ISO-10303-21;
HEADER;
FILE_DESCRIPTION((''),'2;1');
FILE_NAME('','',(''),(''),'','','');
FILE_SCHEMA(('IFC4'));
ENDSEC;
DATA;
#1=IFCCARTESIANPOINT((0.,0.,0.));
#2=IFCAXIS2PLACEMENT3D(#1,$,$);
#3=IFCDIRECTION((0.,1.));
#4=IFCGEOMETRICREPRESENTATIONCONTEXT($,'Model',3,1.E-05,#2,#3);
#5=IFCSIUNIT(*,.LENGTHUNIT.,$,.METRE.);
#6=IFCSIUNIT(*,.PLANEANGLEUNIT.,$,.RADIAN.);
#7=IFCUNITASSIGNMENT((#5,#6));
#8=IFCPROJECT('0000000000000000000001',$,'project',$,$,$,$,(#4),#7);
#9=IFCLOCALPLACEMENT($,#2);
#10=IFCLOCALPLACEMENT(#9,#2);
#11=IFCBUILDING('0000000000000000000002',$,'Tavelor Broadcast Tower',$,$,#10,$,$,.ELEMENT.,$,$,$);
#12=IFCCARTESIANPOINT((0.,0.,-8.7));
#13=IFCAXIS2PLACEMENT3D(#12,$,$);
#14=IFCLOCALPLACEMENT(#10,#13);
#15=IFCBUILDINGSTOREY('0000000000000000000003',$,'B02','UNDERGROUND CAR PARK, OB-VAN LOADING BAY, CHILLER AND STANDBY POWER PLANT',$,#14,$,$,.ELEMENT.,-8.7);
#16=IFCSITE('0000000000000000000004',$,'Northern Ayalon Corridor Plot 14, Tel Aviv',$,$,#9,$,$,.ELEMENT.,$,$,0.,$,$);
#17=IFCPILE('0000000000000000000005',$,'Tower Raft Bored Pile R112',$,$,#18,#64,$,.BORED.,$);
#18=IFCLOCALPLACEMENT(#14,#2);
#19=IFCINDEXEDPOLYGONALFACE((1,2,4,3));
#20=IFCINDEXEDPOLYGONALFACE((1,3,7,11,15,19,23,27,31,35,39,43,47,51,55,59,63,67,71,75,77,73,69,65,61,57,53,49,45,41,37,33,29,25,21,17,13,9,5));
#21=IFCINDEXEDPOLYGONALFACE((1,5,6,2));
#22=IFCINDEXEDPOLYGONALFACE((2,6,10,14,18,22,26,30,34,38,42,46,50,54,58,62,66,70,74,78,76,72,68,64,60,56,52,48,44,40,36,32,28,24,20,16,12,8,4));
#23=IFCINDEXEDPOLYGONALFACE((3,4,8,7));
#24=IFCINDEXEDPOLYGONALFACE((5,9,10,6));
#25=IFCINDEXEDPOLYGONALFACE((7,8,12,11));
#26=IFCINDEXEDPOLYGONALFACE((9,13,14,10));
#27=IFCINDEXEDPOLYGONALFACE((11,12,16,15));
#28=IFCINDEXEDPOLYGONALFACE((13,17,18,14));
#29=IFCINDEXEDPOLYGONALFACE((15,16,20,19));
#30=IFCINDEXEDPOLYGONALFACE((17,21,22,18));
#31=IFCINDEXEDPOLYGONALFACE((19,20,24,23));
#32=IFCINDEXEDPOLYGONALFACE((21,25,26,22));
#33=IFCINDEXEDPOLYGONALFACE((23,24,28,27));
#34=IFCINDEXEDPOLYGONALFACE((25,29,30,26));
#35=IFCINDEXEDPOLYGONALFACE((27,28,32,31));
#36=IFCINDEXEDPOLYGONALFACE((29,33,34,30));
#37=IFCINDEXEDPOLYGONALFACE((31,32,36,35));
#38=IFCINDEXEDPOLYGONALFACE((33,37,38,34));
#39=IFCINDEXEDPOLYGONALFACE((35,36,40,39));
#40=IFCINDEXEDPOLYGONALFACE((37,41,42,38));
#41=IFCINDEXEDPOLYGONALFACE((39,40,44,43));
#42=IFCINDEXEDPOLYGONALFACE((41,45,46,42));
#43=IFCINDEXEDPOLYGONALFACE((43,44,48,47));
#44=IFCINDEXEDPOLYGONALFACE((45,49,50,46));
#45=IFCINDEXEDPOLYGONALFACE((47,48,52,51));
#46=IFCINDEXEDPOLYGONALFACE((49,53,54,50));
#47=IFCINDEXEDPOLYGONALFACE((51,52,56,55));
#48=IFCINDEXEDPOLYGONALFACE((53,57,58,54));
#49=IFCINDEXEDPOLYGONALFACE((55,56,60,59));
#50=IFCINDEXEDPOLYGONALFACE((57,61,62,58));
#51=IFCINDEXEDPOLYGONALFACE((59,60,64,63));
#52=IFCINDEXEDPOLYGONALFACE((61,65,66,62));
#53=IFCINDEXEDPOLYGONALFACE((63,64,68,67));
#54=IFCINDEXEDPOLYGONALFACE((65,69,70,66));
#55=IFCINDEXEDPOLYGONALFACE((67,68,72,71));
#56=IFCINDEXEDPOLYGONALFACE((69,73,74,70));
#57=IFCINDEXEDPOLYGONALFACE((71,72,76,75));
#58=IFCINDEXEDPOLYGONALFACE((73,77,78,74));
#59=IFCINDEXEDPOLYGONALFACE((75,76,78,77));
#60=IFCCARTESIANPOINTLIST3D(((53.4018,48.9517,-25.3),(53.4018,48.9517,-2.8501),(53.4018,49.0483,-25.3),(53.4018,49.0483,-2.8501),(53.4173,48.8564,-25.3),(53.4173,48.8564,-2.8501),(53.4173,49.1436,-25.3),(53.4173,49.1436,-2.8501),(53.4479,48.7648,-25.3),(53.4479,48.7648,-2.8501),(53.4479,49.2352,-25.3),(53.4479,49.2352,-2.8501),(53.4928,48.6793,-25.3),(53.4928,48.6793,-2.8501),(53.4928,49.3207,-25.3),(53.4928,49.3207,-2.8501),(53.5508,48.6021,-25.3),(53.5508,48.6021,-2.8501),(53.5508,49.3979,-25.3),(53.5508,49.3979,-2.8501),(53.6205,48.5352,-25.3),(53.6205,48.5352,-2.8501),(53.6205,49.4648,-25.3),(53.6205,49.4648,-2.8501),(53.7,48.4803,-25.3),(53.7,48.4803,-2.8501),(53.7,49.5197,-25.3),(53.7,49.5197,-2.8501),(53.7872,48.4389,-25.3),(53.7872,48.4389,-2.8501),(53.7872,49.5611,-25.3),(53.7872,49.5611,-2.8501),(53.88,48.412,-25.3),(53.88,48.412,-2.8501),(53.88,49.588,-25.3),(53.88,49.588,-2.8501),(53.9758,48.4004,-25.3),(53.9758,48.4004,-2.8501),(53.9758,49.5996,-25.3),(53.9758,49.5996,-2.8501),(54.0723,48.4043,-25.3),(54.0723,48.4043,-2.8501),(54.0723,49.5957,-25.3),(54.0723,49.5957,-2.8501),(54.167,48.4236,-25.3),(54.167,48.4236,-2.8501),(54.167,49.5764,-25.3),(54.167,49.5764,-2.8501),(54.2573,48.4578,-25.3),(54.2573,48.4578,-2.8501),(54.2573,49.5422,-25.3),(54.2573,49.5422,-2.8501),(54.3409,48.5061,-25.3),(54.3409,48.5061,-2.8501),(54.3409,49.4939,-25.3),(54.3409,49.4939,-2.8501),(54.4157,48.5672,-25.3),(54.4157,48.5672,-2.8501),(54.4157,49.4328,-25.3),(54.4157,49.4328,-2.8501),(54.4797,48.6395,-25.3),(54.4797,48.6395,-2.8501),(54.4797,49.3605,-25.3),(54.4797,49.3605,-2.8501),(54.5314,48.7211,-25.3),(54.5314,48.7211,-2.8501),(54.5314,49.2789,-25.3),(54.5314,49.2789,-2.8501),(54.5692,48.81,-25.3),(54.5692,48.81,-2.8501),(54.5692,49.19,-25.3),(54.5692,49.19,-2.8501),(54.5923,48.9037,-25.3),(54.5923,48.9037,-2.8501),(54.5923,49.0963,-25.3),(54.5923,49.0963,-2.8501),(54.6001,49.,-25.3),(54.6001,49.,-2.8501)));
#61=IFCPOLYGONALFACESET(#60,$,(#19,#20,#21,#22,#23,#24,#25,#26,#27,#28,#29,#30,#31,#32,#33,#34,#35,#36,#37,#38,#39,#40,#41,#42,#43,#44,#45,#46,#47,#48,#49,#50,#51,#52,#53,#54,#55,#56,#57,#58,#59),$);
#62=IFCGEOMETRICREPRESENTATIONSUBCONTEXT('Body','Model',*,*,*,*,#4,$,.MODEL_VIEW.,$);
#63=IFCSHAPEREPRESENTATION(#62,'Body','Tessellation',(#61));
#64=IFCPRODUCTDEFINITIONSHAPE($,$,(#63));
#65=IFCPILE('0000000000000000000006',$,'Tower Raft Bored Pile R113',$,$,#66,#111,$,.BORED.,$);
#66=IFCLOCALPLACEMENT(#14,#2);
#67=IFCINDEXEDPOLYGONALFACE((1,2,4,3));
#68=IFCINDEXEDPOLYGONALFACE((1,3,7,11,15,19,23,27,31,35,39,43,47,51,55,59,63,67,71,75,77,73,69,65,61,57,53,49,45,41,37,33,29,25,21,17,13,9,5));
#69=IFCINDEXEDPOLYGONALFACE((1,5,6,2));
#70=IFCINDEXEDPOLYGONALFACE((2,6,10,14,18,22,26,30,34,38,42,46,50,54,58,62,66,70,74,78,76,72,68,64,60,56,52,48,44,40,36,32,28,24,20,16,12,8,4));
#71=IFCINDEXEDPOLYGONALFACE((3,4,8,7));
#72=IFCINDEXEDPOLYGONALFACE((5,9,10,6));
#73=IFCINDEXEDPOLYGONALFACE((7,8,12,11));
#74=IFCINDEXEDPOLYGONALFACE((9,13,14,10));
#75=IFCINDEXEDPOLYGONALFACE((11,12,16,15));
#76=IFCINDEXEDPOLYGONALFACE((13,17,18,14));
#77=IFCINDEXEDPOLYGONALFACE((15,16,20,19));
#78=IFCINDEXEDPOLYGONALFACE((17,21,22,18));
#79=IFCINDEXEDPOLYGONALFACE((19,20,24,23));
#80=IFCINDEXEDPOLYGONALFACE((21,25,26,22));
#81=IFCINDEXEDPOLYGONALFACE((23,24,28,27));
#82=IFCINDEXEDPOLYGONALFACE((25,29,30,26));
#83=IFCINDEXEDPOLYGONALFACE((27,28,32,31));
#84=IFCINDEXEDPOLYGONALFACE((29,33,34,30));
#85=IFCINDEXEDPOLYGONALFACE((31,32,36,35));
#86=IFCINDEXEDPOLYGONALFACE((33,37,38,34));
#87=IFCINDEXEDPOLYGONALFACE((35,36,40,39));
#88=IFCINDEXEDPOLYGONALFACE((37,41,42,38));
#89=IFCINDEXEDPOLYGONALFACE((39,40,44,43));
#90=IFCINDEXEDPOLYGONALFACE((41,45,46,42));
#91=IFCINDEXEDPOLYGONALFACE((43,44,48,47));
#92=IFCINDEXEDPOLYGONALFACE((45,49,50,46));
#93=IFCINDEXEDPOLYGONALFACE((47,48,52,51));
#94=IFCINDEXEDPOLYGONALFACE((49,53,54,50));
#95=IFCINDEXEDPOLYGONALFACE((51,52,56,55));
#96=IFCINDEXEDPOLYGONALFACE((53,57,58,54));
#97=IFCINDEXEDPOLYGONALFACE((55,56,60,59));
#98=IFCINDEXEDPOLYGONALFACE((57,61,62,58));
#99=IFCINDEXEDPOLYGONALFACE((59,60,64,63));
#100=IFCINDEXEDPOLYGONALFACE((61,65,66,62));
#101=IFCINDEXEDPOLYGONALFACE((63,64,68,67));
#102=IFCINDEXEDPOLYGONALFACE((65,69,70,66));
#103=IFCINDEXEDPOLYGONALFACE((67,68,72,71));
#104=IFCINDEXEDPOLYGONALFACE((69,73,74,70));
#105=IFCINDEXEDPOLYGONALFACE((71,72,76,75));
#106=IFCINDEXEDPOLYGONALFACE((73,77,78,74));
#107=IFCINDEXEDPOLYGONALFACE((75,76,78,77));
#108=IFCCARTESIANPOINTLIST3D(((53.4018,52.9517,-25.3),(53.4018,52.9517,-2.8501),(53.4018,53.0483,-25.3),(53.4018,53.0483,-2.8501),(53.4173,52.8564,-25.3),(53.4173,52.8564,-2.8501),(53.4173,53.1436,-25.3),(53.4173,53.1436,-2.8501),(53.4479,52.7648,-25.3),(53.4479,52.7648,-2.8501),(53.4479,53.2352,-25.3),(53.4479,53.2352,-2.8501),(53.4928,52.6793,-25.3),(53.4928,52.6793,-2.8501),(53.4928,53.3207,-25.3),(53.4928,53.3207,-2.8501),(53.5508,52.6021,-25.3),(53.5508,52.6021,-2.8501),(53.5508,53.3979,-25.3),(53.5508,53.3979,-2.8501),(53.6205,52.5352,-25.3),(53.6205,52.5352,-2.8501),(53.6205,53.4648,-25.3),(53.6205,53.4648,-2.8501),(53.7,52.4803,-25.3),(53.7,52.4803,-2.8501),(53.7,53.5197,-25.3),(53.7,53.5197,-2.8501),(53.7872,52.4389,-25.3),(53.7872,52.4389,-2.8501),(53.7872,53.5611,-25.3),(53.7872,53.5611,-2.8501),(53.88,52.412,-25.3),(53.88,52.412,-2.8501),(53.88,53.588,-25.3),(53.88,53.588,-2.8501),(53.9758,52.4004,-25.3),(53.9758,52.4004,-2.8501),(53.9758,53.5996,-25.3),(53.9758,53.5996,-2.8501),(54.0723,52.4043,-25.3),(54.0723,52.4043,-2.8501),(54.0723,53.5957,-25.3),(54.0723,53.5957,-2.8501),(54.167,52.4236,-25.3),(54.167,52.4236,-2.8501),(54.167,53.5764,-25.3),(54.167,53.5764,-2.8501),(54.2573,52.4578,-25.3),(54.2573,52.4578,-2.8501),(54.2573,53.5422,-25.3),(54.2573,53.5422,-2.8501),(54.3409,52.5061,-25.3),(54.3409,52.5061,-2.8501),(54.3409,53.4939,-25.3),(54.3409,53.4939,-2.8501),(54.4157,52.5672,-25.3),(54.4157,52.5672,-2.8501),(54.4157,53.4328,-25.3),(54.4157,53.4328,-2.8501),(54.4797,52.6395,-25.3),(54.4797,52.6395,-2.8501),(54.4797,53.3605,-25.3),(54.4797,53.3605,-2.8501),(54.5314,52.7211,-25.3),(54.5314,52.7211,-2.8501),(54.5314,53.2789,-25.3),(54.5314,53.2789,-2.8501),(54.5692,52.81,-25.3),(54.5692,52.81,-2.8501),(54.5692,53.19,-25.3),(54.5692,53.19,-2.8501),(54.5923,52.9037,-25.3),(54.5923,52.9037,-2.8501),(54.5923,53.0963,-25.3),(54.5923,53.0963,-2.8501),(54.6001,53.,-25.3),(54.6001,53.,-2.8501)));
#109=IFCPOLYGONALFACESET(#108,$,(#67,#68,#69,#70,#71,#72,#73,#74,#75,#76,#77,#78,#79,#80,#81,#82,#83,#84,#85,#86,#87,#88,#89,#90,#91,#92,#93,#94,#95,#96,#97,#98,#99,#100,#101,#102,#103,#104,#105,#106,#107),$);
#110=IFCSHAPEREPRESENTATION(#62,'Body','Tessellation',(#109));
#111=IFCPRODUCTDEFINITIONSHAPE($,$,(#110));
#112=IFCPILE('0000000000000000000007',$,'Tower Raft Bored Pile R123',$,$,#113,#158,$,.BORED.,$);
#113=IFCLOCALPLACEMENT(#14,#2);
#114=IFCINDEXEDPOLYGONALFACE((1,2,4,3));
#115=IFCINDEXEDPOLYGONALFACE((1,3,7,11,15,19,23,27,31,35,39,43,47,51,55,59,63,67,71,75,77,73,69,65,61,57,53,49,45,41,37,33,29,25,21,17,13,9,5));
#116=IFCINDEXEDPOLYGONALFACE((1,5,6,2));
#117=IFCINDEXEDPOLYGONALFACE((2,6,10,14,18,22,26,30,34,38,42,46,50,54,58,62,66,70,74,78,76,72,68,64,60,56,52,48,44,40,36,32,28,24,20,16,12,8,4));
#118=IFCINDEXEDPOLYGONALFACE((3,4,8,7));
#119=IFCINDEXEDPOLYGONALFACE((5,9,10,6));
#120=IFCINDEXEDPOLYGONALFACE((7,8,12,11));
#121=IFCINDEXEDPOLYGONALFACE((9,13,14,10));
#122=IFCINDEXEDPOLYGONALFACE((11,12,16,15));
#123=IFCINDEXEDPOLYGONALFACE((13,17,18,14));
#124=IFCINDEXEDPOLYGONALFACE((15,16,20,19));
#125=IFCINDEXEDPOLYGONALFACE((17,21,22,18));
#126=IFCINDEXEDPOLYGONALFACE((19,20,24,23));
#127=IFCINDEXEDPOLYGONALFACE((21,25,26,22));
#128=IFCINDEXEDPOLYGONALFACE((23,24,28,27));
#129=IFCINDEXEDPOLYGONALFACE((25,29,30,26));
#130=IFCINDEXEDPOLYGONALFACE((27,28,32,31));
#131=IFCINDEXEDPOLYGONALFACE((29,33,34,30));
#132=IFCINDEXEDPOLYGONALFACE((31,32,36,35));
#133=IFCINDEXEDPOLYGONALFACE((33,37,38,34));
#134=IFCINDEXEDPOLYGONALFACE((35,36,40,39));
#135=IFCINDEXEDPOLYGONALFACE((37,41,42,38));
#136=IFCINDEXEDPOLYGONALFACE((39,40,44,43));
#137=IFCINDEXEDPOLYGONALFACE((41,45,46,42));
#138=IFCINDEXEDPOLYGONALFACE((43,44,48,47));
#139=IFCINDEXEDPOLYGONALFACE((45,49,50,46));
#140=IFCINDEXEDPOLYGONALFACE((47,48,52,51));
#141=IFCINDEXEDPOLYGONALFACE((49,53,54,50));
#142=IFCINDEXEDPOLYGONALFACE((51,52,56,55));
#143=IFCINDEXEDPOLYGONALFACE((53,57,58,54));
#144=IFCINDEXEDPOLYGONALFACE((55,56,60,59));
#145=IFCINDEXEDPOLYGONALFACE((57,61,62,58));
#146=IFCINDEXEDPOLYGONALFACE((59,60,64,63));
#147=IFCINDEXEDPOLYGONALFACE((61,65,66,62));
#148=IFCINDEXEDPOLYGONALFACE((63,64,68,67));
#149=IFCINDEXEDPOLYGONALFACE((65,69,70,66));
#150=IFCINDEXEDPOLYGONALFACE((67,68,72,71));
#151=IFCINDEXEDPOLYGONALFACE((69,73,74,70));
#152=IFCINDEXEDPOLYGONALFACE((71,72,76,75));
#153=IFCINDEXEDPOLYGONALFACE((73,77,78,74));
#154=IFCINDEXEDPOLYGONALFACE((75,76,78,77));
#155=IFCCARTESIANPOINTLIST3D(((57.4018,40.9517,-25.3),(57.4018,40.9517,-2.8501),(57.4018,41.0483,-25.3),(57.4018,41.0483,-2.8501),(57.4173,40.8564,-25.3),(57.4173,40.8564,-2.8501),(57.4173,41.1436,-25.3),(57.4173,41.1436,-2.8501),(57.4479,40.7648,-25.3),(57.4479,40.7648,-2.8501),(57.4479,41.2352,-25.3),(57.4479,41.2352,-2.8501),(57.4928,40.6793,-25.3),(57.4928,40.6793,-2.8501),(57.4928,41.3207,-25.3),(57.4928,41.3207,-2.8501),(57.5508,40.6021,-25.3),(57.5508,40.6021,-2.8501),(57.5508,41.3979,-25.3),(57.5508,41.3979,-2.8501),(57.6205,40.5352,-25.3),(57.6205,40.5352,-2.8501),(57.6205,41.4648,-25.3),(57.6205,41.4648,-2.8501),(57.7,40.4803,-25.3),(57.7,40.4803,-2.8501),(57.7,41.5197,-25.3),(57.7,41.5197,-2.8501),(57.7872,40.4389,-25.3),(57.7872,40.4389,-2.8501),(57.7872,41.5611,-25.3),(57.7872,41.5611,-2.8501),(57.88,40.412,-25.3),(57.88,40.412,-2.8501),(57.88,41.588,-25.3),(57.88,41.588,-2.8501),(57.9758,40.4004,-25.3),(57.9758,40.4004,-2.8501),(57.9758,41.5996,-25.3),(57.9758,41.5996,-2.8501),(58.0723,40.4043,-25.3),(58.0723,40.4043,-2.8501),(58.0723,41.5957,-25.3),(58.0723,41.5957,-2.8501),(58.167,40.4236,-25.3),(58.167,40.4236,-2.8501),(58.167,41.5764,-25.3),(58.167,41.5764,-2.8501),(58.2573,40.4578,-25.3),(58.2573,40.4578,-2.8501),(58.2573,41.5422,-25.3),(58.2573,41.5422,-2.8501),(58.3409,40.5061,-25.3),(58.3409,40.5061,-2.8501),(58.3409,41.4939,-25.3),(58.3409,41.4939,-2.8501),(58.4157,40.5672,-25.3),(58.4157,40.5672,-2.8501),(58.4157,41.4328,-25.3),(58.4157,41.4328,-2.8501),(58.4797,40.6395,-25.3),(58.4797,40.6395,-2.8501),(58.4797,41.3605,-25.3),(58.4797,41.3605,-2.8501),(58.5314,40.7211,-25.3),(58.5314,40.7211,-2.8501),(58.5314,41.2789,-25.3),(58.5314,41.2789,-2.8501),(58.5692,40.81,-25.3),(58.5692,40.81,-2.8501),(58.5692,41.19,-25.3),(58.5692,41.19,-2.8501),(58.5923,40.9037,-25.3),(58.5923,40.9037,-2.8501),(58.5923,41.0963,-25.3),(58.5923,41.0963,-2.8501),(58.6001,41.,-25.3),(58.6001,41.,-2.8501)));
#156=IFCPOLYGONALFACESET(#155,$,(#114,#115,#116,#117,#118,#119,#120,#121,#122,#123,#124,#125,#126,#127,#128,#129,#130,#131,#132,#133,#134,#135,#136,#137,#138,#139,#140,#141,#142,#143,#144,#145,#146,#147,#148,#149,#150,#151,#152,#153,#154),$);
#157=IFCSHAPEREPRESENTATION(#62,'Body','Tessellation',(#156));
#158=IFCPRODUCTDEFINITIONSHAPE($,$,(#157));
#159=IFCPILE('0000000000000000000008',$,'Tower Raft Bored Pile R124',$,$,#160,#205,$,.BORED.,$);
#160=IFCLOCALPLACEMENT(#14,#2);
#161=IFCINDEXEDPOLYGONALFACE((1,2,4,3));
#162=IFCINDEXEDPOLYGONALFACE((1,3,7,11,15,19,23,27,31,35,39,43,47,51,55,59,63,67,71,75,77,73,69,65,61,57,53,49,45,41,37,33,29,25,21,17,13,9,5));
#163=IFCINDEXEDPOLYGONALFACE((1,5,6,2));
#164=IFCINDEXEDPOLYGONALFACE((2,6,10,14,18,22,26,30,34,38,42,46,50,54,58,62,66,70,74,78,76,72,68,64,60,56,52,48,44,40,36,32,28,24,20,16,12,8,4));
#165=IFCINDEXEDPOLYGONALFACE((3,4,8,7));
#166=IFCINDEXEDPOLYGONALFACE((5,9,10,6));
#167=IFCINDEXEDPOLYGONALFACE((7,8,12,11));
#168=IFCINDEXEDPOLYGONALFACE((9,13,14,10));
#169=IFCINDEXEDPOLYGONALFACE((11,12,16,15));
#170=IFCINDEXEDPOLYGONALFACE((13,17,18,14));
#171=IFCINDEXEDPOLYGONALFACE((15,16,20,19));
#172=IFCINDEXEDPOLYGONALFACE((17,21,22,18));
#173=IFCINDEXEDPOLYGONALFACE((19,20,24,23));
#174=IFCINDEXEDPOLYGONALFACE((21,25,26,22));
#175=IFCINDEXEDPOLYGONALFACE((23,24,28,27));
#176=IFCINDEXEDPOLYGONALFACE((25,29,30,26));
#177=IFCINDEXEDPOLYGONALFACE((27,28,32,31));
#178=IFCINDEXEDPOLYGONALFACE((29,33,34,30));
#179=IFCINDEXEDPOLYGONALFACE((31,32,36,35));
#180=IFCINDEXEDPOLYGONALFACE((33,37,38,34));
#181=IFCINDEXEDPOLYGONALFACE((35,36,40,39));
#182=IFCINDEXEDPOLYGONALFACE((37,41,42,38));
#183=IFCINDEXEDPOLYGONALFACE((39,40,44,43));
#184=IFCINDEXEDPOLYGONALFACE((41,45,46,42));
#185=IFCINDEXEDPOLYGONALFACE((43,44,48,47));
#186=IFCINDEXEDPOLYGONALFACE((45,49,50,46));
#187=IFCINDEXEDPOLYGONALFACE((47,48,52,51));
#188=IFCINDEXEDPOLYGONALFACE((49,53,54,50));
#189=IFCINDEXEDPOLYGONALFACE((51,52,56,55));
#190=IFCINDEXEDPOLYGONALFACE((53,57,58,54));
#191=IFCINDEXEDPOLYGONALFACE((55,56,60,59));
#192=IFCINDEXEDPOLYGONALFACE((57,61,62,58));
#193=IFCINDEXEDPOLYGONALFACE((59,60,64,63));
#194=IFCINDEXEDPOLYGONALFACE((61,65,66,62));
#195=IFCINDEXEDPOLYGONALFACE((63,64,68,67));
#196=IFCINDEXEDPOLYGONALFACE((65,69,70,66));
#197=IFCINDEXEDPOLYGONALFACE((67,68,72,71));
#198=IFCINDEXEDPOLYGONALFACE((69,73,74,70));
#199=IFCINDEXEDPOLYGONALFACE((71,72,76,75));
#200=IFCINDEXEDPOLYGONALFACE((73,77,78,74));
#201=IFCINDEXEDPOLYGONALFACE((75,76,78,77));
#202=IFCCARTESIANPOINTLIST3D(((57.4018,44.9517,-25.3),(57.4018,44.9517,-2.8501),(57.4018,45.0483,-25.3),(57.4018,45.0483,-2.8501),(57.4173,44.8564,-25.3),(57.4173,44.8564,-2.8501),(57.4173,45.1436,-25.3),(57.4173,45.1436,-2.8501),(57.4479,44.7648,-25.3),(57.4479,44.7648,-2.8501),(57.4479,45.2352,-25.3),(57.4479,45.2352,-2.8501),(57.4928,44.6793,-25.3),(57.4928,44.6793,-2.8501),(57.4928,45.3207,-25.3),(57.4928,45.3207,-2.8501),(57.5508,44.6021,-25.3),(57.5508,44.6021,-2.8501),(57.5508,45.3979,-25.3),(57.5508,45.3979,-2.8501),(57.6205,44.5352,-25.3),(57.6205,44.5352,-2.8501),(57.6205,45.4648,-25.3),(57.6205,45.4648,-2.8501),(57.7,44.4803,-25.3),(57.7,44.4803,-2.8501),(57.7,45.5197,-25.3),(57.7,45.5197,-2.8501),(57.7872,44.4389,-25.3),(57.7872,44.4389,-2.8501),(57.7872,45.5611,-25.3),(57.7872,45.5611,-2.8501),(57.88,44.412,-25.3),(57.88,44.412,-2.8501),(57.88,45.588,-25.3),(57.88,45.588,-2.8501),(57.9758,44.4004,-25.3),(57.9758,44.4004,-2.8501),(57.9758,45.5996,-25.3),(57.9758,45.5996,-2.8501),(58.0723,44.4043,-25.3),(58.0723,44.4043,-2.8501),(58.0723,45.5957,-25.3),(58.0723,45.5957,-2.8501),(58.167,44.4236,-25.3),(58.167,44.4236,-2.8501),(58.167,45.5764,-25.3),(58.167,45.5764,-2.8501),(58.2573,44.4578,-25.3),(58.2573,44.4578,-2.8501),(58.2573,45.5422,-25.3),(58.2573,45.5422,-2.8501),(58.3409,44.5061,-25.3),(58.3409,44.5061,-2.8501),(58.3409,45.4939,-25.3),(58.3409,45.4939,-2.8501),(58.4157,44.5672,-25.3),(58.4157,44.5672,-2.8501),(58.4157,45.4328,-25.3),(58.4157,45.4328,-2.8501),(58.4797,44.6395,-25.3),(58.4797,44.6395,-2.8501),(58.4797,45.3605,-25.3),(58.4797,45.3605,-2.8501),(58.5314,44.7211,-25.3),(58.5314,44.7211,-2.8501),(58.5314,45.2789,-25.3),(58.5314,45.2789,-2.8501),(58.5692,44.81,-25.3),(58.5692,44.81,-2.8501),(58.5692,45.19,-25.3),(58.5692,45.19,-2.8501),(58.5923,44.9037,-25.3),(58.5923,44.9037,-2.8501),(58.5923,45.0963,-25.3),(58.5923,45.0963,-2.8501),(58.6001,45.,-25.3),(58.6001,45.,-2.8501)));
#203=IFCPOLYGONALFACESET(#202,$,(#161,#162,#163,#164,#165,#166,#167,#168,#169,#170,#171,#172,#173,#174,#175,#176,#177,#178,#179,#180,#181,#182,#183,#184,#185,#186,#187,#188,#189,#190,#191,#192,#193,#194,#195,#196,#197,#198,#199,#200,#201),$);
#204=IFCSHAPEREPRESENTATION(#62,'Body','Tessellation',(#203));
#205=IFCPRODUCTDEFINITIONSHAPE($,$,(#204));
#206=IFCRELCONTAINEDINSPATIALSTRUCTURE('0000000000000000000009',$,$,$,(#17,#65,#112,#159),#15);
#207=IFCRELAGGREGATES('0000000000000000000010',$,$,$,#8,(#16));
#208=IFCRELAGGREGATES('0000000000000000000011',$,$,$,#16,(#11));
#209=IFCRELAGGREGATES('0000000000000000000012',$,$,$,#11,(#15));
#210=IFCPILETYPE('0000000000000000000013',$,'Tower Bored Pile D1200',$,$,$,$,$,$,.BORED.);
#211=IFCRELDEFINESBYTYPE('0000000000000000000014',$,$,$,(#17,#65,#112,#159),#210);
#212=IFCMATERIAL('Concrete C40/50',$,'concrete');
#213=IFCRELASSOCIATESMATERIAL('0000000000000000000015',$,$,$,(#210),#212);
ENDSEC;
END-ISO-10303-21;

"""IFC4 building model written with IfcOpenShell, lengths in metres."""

from ifc_helpers import new_model, si_unit, direction, frame, origin, origin_2d, place, context, subcontext, project, spatial, circle, extrude, material, material_profile, profile_set, type_object, element, save


model = new_model("IFC4")

# Units and contexts
model_context = context("Model", 3, precision=1e-05, world=origin(), true_north=direction((0.0, 1.0)))
body_context = subcontext(model_context, "Body", "Model", "MODEL_VIEW")
ifc_project = project(units=[si_unit("LENGTHUNIT", "METRE"), si_unit("PLANEANGLEUNIT", "RADIAN")], contexts=[model_context])

# Site, building, storey
site_placement = place(None, origin())
site = spatial("IfcSite", under=ifc_project, at=site_placement, Name="Northern Ayalon Corridor Plot 14, Tel Aviv", CompositionType="ELEMENT", RefElevation=0.0)
building_placement = place(site_placement, origin())
building = spatial("IfcBuilding", under=site, at=building_placement, Name="Tavelor Broadcast Tower", CompositionType="ELEMENT")
storey_placement = place(building_placement, frame((0.0, 0.0, -8.7)))
storey = spatial("IfcBuildingStorey", under=building, at=storey_placement, Name="B02", Description="UNDERGROUND CAR PARK, OB-VAN LOADING BAY, CHILLER AND STANDBY POWER PLANT", CompositionType="ELEMENT", Elevation=-8.7)

# Piles
ifc_material_1 = material(Name="Concrete C40/50", Category="concrete")
ifc_material_profile_1 = material_profile(ifc_material_1, circle(Radius=0.6001, at=origin_2d()), Name="PILE D1200")
ifc_profile_set_1 = profile_set([ifc_material_profile_1], Name="Concrete C40/50")
pile_type = type_object("IfcPileType", Name="Tower Bored Pile D1200", PredefinedType="BORED", material=ifc_profile_set_1)
for number, where, z_axis, x_axis, name in (
    (1, (54.0, 49.0, -2.8501), (0.0, 0.0, -1.0), (1.0, 0.0, 0.0), "Tower Raft Bored Pile R112"),
    (2, (54.0, 53.0, -2.8501), (0.0, 0.0, -1.0), (1.0, 0.0, 0.0), "Tower Raft Bored Pile R113"),
    (3, (58.0, 41.0, -2.8501), (0.0, 0.0, -1.0), (1.0, 0.0, 0.0), "Tower Raft Bored Pile R123"),
    (4, (58.0, 45.0, -2.8501), (0.0, 0.0, -1.0), (1.0, 0.0, 0.0), "Tower Raft Bored Pile R124"),
):
    element("IfcPile", number, at=place(storey_placement, frame(where, z_axis=z_axis, x_axis=x_axis)), inside=storey, type_object=pile_type, Name=name, PredefinedType="BORED", context=body_context, shape_type="SweptSolid", body=[
        extrude(circle(Radius=0.6001, at=origin_2d()), origin(), (0.0, 0.0, 1.0), 22.45),
    ])

save(model, "model.ifc")
